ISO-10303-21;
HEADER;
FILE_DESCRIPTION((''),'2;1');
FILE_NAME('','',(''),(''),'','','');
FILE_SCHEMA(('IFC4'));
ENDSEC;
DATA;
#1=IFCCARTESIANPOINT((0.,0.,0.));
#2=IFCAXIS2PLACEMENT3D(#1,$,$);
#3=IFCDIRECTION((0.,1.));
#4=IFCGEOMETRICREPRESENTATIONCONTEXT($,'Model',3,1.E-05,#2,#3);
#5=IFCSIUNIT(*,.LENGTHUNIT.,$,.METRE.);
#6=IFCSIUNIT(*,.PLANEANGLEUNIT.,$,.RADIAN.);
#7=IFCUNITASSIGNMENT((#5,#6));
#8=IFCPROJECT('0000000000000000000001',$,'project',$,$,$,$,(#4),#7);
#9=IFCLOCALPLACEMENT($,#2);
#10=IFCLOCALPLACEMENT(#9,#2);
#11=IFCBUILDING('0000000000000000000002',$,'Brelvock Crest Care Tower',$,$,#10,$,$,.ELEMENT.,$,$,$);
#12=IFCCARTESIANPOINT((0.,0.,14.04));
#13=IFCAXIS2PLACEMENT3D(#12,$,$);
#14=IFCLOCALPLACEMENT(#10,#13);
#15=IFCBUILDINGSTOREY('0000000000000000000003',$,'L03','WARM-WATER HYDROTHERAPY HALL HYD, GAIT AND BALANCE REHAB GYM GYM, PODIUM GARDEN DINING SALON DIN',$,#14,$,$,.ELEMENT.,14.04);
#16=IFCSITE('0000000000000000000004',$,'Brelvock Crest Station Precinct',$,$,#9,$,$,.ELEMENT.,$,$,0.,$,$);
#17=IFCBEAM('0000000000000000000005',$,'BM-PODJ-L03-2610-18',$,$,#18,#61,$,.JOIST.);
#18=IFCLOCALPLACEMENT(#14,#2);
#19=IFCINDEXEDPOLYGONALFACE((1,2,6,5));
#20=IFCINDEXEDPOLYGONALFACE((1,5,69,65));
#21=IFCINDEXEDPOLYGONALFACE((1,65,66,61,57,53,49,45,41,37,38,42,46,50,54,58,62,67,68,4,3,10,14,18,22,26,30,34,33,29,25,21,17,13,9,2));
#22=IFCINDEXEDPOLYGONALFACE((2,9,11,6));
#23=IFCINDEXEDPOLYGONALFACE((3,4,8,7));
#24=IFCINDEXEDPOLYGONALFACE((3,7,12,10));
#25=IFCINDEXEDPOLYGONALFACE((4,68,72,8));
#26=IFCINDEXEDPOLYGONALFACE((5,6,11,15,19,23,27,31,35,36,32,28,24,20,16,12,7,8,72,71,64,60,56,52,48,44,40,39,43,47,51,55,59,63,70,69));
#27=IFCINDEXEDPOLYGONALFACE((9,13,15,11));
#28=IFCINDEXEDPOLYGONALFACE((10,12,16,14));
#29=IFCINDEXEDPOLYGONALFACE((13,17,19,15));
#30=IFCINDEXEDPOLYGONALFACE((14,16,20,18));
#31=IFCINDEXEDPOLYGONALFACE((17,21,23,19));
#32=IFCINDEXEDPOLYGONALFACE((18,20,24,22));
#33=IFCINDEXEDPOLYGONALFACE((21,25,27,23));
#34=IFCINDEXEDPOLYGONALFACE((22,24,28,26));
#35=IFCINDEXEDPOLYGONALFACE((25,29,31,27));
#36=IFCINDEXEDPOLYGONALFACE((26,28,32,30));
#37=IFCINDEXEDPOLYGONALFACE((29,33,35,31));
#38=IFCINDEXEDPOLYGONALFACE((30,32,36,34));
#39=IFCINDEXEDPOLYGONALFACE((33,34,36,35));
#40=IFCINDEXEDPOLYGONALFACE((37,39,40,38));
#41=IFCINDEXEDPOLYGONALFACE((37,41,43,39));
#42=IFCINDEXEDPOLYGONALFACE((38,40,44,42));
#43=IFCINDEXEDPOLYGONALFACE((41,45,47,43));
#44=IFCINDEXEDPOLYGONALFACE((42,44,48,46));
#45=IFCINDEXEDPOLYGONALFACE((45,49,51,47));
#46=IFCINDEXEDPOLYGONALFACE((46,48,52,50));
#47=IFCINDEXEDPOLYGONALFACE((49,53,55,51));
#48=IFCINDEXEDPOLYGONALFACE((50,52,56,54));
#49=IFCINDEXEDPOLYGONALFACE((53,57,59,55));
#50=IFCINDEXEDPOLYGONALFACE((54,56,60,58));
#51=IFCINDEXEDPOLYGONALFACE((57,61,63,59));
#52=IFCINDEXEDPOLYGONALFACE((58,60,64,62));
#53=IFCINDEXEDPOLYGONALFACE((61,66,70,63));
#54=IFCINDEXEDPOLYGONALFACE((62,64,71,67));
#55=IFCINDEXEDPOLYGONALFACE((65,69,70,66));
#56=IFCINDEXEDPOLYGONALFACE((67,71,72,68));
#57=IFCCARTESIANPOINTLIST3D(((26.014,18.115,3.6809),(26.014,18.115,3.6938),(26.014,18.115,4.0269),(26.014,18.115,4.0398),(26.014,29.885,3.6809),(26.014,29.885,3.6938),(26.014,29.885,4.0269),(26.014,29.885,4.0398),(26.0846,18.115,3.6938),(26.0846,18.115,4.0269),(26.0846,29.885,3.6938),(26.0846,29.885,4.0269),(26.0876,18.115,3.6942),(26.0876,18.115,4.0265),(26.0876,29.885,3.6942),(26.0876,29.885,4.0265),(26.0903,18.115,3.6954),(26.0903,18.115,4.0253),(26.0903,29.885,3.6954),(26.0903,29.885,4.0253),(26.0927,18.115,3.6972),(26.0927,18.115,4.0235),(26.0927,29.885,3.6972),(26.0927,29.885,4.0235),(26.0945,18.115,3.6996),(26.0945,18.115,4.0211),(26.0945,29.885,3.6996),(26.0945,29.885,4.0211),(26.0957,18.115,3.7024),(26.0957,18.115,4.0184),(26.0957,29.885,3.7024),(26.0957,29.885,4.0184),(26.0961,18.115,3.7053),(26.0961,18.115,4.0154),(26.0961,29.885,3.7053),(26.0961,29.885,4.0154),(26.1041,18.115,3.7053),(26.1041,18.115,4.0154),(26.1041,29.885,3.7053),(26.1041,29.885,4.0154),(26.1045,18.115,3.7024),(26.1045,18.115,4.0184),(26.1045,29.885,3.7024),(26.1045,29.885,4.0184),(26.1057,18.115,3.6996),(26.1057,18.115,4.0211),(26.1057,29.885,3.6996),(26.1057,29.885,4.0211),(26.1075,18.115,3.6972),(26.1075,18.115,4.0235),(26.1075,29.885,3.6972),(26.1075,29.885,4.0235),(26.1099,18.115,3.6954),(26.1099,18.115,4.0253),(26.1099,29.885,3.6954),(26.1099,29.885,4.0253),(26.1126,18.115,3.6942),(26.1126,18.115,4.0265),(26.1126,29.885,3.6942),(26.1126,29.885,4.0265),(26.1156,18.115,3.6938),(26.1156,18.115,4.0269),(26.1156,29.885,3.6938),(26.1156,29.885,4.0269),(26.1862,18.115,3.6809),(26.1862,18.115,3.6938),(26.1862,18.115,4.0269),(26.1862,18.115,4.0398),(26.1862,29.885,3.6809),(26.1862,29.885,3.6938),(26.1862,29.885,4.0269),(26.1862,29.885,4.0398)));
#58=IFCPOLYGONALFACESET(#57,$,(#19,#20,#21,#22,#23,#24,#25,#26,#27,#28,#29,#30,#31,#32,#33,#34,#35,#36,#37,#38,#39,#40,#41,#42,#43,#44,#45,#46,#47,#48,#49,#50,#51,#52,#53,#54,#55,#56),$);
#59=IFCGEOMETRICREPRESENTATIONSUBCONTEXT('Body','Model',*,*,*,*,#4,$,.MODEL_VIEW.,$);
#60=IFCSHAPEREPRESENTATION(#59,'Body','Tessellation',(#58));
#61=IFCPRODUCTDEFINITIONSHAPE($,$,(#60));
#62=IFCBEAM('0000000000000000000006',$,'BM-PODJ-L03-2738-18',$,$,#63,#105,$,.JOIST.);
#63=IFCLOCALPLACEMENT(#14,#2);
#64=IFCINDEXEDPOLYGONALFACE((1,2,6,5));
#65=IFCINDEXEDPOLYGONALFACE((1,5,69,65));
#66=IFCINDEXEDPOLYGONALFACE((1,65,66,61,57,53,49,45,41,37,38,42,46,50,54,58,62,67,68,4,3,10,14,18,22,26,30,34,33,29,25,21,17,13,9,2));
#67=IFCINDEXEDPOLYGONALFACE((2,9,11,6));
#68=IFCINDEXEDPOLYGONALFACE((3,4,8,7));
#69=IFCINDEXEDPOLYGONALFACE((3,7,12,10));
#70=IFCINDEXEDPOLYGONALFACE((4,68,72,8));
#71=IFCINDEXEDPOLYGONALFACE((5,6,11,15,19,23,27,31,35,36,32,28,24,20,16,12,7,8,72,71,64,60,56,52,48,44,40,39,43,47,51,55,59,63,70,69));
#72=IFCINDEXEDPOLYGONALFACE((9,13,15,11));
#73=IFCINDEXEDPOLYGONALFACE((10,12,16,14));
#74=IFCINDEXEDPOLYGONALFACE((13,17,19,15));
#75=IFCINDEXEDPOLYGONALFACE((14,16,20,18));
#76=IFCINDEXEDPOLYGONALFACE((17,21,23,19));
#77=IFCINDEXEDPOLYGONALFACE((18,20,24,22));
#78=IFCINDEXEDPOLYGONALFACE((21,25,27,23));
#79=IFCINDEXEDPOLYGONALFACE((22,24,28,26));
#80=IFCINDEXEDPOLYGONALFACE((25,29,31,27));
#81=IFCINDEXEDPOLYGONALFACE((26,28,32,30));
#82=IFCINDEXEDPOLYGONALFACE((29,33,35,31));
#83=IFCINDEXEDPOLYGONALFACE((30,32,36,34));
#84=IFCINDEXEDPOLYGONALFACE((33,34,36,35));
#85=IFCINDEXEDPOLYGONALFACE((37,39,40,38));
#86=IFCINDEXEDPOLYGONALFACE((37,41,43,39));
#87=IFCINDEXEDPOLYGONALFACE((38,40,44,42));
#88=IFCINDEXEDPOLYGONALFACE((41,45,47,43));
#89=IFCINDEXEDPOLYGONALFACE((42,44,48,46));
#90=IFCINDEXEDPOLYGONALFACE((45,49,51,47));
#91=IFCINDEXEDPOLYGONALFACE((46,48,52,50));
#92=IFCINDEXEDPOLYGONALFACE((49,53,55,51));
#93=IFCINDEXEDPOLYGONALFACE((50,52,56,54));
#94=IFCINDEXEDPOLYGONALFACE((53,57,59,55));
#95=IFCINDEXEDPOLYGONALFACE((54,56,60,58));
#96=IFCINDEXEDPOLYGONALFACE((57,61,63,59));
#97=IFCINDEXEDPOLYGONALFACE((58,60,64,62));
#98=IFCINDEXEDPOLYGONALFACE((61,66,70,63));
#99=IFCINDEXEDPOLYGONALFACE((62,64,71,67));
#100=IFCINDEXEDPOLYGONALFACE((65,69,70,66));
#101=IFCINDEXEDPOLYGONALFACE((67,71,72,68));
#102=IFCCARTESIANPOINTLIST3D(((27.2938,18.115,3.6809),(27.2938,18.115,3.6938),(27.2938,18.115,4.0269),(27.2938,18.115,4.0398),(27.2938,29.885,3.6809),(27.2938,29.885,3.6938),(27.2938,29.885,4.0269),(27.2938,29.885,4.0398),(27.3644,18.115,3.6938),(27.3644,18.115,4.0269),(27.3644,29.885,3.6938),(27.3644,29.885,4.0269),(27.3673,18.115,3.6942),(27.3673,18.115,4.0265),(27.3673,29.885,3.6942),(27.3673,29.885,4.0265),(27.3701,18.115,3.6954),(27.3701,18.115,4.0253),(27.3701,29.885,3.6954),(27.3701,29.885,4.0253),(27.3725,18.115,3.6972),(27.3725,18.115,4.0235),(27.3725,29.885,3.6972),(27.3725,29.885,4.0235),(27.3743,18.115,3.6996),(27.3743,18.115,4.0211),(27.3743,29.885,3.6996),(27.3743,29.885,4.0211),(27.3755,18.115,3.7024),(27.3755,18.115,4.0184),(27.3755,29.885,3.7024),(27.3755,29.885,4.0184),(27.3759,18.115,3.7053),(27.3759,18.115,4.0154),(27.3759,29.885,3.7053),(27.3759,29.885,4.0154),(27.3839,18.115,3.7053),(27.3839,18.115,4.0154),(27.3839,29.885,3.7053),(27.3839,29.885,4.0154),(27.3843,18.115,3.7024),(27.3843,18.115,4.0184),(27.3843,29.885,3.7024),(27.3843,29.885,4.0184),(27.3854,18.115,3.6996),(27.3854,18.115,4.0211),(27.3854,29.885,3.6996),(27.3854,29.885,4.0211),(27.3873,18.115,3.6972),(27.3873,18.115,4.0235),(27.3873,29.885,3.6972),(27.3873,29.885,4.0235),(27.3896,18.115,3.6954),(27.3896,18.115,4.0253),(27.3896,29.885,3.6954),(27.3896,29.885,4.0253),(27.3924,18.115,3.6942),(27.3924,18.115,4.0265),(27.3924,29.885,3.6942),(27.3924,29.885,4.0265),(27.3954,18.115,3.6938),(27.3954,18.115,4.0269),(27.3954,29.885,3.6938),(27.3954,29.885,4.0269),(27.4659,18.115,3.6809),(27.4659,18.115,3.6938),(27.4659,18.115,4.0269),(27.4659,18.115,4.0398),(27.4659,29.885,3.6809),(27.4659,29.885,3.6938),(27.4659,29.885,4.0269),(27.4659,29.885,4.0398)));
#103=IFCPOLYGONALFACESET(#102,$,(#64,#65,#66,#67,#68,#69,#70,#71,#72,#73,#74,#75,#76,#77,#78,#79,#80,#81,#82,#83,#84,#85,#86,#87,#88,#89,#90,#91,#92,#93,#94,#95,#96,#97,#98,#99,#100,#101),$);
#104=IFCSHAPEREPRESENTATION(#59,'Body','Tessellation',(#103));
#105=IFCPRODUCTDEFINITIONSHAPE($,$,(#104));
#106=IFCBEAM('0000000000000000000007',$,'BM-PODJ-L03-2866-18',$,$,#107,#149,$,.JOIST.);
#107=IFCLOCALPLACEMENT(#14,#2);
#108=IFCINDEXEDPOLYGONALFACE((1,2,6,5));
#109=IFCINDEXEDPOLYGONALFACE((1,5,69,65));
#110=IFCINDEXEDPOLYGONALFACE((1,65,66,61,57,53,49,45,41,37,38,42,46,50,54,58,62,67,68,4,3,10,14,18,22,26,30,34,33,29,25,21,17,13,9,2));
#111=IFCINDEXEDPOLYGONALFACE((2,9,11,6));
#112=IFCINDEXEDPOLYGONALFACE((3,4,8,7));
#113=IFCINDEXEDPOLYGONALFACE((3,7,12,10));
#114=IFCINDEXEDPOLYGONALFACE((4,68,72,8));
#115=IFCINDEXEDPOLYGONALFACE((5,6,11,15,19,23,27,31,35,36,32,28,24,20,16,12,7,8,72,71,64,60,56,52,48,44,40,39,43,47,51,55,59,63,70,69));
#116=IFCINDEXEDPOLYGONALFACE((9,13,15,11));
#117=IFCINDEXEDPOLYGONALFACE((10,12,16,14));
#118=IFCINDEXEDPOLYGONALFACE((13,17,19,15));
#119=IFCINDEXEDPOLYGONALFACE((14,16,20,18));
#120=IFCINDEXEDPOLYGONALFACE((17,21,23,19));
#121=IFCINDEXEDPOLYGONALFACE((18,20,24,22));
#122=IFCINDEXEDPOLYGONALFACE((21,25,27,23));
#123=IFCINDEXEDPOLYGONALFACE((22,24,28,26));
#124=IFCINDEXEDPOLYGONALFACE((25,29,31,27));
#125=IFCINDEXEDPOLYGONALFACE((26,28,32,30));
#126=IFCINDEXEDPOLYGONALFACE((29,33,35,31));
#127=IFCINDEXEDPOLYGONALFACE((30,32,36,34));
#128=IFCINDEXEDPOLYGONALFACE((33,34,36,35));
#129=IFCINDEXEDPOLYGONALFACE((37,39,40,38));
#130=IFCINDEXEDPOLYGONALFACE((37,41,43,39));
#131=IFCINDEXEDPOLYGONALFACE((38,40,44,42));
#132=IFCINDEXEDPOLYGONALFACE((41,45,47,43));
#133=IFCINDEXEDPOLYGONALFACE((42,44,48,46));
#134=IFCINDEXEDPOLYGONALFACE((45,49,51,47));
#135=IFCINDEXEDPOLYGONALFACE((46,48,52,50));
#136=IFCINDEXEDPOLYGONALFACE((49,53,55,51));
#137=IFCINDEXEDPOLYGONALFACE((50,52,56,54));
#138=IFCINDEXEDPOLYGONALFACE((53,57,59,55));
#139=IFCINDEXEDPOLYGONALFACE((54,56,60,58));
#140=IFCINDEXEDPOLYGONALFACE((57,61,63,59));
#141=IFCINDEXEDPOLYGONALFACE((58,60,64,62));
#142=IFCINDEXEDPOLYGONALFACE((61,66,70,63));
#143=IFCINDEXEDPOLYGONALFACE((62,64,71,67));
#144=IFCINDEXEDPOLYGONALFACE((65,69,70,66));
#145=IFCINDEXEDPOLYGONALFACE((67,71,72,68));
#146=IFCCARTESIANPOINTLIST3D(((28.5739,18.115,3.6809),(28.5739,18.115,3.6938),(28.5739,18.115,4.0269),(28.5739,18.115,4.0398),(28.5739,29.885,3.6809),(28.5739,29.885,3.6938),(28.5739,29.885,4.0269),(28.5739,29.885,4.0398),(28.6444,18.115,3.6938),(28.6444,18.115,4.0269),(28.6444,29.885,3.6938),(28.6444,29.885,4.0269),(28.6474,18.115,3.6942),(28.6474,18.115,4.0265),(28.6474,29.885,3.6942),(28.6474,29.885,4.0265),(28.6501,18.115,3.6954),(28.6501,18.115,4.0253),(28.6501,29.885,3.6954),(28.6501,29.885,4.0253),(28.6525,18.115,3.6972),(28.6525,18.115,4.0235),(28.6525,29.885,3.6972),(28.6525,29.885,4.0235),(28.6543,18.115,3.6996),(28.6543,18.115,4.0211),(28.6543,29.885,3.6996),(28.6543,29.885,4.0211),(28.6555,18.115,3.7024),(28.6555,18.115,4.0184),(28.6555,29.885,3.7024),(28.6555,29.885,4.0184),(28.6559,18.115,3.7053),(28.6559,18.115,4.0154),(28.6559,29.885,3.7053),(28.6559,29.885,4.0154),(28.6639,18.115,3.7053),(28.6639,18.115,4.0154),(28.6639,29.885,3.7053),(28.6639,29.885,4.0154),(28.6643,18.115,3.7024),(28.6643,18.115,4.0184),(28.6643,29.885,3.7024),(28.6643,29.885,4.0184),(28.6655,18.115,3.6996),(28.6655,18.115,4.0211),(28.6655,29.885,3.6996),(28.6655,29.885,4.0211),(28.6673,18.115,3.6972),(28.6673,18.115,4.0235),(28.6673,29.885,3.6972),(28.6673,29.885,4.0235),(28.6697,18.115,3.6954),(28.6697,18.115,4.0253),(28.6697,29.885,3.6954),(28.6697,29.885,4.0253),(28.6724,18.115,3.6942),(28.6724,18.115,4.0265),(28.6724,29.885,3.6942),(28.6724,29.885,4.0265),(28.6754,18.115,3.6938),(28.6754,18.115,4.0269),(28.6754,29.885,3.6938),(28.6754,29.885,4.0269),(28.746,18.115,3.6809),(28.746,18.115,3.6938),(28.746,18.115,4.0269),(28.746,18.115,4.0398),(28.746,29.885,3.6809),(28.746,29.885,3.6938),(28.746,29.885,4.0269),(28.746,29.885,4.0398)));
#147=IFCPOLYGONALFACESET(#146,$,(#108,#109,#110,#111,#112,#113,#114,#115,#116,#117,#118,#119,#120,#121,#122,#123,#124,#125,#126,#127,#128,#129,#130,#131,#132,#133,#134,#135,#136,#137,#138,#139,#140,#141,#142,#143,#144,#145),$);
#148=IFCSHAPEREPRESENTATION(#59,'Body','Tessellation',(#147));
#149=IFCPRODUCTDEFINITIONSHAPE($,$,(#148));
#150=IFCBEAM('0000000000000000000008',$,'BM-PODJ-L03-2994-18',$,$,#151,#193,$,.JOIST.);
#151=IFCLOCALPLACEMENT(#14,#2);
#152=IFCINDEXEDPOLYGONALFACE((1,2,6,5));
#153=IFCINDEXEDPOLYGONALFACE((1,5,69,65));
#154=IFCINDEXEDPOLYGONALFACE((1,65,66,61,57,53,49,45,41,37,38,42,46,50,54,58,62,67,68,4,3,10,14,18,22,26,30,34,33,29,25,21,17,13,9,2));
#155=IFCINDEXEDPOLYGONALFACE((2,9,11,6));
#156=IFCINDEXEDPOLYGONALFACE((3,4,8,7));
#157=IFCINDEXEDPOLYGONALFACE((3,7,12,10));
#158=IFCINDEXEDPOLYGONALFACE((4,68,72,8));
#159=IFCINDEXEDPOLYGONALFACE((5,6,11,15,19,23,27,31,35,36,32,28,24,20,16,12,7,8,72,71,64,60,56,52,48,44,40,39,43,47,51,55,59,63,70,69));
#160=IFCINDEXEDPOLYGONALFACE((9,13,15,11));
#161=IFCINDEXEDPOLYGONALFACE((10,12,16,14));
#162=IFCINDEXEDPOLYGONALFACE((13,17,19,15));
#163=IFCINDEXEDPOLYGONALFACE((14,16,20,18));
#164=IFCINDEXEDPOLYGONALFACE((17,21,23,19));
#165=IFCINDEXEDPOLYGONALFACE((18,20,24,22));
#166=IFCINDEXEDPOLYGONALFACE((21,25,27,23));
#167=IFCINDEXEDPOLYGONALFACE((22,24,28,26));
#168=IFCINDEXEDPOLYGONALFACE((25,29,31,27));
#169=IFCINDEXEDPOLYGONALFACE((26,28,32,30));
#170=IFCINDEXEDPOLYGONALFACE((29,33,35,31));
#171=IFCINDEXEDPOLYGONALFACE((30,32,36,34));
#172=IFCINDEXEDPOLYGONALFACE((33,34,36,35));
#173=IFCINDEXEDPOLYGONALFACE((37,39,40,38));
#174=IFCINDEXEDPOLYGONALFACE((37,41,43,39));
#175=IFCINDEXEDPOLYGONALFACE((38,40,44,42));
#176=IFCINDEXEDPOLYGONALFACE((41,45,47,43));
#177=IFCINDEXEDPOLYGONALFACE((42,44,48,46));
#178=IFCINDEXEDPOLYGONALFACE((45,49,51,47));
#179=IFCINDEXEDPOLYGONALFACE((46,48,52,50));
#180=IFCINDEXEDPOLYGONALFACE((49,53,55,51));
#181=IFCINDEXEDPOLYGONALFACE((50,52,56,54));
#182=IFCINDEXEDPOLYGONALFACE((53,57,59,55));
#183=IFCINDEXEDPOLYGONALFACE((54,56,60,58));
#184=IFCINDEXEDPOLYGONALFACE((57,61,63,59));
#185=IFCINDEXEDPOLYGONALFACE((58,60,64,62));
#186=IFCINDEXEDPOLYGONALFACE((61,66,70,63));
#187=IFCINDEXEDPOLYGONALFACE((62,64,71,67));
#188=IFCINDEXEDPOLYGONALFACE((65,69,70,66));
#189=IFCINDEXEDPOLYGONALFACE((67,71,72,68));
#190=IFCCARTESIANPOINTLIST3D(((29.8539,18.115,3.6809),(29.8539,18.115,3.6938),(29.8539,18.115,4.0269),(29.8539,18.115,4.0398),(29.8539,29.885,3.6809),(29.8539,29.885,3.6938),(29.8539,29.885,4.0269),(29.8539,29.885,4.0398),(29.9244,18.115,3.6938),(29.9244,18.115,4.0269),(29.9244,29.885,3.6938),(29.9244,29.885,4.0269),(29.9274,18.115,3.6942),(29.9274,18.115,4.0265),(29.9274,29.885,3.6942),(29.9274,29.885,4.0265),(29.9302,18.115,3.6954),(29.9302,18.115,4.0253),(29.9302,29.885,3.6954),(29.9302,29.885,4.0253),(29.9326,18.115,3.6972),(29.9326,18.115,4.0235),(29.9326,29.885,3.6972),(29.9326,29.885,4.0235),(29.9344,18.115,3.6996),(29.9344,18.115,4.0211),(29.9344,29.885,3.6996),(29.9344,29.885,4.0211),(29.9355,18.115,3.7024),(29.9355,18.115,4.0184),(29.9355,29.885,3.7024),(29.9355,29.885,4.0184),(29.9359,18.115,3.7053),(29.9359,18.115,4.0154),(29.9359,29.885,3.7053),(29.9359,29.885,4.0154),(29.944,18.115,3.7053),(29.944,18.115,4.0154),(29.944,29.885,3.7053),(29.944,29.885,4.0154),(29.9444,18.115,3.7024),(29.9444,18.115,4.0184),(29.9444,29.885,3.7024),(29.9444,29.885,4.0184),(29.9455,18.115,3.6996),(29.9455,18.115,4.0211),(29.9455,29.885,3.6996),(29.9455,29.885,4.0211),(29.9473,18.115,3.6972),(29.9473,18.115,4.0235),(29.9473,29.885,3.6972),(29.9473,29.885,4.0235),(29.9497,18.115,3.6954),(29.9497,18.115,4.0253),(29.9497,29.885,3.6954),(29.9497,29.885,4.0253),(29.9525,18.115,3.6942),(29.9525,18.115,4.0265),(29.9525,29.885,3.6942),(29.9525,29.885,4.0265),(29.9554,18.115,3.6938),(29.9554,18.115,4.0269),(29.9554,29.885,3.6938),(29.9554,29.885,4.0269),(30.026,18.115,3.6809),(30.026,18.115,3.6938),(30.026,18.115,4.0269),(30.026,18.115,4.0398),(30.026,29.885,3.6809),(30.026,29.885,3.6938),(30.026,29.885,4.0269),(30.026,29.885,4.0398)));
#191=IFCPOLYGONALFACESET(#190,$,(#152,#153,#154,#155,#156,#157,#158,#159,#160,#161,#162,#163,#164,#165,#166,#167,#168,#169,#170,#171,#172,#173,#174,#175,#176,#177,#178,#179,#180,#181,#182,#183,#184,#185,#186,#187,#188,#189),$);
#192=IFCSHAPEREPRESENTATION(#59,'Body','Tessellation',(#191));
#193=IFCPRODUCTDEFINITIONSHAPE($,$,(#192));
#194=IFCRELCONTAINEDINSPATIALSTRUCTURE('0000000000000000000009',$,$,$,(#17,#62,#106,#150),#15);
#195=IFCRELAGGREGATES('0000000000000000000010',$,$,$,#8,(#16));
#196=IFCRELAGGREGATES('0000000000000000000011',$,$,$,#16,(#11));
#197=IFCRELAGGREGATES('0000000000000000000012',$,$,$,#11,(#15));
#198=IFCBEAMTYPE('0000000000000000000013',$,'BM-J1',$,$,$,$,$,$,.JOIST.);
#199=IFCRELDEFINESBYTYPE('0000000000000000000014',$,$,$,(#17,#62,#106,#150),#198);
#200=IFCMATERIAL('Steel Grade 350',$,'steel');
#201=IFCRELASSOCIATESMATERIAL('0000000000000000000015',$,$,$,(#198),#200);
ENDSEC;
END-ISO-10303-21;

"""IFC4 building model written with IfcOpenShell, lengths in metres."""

from ifc_helpers import new_model, si_unit, direction, frame, origin, origin_2d, place, context, subcontext, project, spatial, i_section, extrude, source, transform, mapped, material, material_profile, profile_set, type_object, element, save


model = new_model("IFC4")

# Units and contexts
model_context = context("Model", 3, precision=1e-05, world=origin(), true_north=direction((0.0, 1.0)))
body_context = subcontext(model_context, "Body", "Model", "MODEL_VIEW")
ifc_project = project(units=[si_unit("LENGTHUNIT", "METRE"), si_unit("PLANEANGLEUNIT", "RADIAN")], contexts=[model_context])

# Site, building, storey
site_placement = place(None, origin())
site = spatial("IfcSite", under=ifc_project, at=site_placement, Name="Brelvock Crest Station Precinct", CompositionType="ELEMENT", RefElevation=0.0)
building_placement = place(site_placement, origin())
building = spatial("IfcBuilding", under=site, at=building_placement, Name="Brelvock Crest Care Tower", CompositionType="ELEMENT")
storey_placement = place(building_placement, frame((0.0, 0.0, 14.04)))
storey = spatial("IfcBuildingStorey", under=building, at=storey_placement, Name="L03", Description="WARM-WATER HYDROTHERAPY HALL HYD, GAIT AND BALANCE REHAB GYM GYM, PODIUM GARDEN DINING SALON DIN", CompositionType="ELEMENT", Elevation=14.04)

# Shared definitions
ifc_material_1 = material(Name="Steel Grade 350", Category="steel")

# Beams
ifc_material_profile_1 = material_profile(ifc_material_1, i_section(OverallWidth=0.1721, OverallDepth=0.3589, WebThickness=0.0081, FlangeThickness=0.0129, FilletRadius=0.0115, at=origin_2d()), Name="360UB56.7")
ifc_profile_set_1 = profile_set([ifc_material_profile_1], Name="Steel Grade 350")
beam_type_1 = type_object("IfcBeamType", Name="BM-J1", PredefinedType="JOIST", material=ifc_profile_set_1)
shared_shape_1 = source(origin(), body_context, "Body", "SweptSolid", [
    extrude(i_section(OverallWidth=0.1721, OverallDepth=0.3589, WebThickness=0.0081, FlangeThickness=0.0129, FilletRadius=0.0115, at=origin_2d()), origin(), (0.0, 0.0, 1.0), 11.77),
])
for number, where, z_axis, x_axis, name in (
    (1, (26.1001, 18.115, 3.8604), (0.0, 1.0, 0.0), (-1.0, 0.0, 0.0), "BM-PODJ-L03-2610-18"),
    (2, (27.3799, 18.115, 3.8604), (0.0, 1.0, 0.0), (-1.0, 0.0, 0.0), "BM-PODJ-L03-2738-18"),
    (3, (28.6599, 18.115, 3.8604), (0.0, 1.0, 0.0), (-1.0, 0.0, 0.0), "BM-PODJ-L03-2866-18"),
    (4, (29.9399, 18.115, 3.8604), (0.0, 1.0, 0.0), (-1.0, 0.0, 0.0), "BM-PODJ-L03-2994-18"),
):
    element("IfcBeam", number, at=place(storey_placement, frame(where, z_axis=z_axis, x_axis=x_axis)), inside=storey, type_object=beam_type_1, Name=name, PredefinedType="JOIST", context=body_context, shape_type="MappedRepresentation", body=[
        mapped(shared_shape_1, transform((0.0, 0.0, 0.0), x_axis=(1.0, 0.0, 0.0), y_axis=(0.0, 1.0, 0.0), z_axis=(0.0, 0.0, 1.0), scale=1.0)),
    ])

save(model, "model.ifc")
